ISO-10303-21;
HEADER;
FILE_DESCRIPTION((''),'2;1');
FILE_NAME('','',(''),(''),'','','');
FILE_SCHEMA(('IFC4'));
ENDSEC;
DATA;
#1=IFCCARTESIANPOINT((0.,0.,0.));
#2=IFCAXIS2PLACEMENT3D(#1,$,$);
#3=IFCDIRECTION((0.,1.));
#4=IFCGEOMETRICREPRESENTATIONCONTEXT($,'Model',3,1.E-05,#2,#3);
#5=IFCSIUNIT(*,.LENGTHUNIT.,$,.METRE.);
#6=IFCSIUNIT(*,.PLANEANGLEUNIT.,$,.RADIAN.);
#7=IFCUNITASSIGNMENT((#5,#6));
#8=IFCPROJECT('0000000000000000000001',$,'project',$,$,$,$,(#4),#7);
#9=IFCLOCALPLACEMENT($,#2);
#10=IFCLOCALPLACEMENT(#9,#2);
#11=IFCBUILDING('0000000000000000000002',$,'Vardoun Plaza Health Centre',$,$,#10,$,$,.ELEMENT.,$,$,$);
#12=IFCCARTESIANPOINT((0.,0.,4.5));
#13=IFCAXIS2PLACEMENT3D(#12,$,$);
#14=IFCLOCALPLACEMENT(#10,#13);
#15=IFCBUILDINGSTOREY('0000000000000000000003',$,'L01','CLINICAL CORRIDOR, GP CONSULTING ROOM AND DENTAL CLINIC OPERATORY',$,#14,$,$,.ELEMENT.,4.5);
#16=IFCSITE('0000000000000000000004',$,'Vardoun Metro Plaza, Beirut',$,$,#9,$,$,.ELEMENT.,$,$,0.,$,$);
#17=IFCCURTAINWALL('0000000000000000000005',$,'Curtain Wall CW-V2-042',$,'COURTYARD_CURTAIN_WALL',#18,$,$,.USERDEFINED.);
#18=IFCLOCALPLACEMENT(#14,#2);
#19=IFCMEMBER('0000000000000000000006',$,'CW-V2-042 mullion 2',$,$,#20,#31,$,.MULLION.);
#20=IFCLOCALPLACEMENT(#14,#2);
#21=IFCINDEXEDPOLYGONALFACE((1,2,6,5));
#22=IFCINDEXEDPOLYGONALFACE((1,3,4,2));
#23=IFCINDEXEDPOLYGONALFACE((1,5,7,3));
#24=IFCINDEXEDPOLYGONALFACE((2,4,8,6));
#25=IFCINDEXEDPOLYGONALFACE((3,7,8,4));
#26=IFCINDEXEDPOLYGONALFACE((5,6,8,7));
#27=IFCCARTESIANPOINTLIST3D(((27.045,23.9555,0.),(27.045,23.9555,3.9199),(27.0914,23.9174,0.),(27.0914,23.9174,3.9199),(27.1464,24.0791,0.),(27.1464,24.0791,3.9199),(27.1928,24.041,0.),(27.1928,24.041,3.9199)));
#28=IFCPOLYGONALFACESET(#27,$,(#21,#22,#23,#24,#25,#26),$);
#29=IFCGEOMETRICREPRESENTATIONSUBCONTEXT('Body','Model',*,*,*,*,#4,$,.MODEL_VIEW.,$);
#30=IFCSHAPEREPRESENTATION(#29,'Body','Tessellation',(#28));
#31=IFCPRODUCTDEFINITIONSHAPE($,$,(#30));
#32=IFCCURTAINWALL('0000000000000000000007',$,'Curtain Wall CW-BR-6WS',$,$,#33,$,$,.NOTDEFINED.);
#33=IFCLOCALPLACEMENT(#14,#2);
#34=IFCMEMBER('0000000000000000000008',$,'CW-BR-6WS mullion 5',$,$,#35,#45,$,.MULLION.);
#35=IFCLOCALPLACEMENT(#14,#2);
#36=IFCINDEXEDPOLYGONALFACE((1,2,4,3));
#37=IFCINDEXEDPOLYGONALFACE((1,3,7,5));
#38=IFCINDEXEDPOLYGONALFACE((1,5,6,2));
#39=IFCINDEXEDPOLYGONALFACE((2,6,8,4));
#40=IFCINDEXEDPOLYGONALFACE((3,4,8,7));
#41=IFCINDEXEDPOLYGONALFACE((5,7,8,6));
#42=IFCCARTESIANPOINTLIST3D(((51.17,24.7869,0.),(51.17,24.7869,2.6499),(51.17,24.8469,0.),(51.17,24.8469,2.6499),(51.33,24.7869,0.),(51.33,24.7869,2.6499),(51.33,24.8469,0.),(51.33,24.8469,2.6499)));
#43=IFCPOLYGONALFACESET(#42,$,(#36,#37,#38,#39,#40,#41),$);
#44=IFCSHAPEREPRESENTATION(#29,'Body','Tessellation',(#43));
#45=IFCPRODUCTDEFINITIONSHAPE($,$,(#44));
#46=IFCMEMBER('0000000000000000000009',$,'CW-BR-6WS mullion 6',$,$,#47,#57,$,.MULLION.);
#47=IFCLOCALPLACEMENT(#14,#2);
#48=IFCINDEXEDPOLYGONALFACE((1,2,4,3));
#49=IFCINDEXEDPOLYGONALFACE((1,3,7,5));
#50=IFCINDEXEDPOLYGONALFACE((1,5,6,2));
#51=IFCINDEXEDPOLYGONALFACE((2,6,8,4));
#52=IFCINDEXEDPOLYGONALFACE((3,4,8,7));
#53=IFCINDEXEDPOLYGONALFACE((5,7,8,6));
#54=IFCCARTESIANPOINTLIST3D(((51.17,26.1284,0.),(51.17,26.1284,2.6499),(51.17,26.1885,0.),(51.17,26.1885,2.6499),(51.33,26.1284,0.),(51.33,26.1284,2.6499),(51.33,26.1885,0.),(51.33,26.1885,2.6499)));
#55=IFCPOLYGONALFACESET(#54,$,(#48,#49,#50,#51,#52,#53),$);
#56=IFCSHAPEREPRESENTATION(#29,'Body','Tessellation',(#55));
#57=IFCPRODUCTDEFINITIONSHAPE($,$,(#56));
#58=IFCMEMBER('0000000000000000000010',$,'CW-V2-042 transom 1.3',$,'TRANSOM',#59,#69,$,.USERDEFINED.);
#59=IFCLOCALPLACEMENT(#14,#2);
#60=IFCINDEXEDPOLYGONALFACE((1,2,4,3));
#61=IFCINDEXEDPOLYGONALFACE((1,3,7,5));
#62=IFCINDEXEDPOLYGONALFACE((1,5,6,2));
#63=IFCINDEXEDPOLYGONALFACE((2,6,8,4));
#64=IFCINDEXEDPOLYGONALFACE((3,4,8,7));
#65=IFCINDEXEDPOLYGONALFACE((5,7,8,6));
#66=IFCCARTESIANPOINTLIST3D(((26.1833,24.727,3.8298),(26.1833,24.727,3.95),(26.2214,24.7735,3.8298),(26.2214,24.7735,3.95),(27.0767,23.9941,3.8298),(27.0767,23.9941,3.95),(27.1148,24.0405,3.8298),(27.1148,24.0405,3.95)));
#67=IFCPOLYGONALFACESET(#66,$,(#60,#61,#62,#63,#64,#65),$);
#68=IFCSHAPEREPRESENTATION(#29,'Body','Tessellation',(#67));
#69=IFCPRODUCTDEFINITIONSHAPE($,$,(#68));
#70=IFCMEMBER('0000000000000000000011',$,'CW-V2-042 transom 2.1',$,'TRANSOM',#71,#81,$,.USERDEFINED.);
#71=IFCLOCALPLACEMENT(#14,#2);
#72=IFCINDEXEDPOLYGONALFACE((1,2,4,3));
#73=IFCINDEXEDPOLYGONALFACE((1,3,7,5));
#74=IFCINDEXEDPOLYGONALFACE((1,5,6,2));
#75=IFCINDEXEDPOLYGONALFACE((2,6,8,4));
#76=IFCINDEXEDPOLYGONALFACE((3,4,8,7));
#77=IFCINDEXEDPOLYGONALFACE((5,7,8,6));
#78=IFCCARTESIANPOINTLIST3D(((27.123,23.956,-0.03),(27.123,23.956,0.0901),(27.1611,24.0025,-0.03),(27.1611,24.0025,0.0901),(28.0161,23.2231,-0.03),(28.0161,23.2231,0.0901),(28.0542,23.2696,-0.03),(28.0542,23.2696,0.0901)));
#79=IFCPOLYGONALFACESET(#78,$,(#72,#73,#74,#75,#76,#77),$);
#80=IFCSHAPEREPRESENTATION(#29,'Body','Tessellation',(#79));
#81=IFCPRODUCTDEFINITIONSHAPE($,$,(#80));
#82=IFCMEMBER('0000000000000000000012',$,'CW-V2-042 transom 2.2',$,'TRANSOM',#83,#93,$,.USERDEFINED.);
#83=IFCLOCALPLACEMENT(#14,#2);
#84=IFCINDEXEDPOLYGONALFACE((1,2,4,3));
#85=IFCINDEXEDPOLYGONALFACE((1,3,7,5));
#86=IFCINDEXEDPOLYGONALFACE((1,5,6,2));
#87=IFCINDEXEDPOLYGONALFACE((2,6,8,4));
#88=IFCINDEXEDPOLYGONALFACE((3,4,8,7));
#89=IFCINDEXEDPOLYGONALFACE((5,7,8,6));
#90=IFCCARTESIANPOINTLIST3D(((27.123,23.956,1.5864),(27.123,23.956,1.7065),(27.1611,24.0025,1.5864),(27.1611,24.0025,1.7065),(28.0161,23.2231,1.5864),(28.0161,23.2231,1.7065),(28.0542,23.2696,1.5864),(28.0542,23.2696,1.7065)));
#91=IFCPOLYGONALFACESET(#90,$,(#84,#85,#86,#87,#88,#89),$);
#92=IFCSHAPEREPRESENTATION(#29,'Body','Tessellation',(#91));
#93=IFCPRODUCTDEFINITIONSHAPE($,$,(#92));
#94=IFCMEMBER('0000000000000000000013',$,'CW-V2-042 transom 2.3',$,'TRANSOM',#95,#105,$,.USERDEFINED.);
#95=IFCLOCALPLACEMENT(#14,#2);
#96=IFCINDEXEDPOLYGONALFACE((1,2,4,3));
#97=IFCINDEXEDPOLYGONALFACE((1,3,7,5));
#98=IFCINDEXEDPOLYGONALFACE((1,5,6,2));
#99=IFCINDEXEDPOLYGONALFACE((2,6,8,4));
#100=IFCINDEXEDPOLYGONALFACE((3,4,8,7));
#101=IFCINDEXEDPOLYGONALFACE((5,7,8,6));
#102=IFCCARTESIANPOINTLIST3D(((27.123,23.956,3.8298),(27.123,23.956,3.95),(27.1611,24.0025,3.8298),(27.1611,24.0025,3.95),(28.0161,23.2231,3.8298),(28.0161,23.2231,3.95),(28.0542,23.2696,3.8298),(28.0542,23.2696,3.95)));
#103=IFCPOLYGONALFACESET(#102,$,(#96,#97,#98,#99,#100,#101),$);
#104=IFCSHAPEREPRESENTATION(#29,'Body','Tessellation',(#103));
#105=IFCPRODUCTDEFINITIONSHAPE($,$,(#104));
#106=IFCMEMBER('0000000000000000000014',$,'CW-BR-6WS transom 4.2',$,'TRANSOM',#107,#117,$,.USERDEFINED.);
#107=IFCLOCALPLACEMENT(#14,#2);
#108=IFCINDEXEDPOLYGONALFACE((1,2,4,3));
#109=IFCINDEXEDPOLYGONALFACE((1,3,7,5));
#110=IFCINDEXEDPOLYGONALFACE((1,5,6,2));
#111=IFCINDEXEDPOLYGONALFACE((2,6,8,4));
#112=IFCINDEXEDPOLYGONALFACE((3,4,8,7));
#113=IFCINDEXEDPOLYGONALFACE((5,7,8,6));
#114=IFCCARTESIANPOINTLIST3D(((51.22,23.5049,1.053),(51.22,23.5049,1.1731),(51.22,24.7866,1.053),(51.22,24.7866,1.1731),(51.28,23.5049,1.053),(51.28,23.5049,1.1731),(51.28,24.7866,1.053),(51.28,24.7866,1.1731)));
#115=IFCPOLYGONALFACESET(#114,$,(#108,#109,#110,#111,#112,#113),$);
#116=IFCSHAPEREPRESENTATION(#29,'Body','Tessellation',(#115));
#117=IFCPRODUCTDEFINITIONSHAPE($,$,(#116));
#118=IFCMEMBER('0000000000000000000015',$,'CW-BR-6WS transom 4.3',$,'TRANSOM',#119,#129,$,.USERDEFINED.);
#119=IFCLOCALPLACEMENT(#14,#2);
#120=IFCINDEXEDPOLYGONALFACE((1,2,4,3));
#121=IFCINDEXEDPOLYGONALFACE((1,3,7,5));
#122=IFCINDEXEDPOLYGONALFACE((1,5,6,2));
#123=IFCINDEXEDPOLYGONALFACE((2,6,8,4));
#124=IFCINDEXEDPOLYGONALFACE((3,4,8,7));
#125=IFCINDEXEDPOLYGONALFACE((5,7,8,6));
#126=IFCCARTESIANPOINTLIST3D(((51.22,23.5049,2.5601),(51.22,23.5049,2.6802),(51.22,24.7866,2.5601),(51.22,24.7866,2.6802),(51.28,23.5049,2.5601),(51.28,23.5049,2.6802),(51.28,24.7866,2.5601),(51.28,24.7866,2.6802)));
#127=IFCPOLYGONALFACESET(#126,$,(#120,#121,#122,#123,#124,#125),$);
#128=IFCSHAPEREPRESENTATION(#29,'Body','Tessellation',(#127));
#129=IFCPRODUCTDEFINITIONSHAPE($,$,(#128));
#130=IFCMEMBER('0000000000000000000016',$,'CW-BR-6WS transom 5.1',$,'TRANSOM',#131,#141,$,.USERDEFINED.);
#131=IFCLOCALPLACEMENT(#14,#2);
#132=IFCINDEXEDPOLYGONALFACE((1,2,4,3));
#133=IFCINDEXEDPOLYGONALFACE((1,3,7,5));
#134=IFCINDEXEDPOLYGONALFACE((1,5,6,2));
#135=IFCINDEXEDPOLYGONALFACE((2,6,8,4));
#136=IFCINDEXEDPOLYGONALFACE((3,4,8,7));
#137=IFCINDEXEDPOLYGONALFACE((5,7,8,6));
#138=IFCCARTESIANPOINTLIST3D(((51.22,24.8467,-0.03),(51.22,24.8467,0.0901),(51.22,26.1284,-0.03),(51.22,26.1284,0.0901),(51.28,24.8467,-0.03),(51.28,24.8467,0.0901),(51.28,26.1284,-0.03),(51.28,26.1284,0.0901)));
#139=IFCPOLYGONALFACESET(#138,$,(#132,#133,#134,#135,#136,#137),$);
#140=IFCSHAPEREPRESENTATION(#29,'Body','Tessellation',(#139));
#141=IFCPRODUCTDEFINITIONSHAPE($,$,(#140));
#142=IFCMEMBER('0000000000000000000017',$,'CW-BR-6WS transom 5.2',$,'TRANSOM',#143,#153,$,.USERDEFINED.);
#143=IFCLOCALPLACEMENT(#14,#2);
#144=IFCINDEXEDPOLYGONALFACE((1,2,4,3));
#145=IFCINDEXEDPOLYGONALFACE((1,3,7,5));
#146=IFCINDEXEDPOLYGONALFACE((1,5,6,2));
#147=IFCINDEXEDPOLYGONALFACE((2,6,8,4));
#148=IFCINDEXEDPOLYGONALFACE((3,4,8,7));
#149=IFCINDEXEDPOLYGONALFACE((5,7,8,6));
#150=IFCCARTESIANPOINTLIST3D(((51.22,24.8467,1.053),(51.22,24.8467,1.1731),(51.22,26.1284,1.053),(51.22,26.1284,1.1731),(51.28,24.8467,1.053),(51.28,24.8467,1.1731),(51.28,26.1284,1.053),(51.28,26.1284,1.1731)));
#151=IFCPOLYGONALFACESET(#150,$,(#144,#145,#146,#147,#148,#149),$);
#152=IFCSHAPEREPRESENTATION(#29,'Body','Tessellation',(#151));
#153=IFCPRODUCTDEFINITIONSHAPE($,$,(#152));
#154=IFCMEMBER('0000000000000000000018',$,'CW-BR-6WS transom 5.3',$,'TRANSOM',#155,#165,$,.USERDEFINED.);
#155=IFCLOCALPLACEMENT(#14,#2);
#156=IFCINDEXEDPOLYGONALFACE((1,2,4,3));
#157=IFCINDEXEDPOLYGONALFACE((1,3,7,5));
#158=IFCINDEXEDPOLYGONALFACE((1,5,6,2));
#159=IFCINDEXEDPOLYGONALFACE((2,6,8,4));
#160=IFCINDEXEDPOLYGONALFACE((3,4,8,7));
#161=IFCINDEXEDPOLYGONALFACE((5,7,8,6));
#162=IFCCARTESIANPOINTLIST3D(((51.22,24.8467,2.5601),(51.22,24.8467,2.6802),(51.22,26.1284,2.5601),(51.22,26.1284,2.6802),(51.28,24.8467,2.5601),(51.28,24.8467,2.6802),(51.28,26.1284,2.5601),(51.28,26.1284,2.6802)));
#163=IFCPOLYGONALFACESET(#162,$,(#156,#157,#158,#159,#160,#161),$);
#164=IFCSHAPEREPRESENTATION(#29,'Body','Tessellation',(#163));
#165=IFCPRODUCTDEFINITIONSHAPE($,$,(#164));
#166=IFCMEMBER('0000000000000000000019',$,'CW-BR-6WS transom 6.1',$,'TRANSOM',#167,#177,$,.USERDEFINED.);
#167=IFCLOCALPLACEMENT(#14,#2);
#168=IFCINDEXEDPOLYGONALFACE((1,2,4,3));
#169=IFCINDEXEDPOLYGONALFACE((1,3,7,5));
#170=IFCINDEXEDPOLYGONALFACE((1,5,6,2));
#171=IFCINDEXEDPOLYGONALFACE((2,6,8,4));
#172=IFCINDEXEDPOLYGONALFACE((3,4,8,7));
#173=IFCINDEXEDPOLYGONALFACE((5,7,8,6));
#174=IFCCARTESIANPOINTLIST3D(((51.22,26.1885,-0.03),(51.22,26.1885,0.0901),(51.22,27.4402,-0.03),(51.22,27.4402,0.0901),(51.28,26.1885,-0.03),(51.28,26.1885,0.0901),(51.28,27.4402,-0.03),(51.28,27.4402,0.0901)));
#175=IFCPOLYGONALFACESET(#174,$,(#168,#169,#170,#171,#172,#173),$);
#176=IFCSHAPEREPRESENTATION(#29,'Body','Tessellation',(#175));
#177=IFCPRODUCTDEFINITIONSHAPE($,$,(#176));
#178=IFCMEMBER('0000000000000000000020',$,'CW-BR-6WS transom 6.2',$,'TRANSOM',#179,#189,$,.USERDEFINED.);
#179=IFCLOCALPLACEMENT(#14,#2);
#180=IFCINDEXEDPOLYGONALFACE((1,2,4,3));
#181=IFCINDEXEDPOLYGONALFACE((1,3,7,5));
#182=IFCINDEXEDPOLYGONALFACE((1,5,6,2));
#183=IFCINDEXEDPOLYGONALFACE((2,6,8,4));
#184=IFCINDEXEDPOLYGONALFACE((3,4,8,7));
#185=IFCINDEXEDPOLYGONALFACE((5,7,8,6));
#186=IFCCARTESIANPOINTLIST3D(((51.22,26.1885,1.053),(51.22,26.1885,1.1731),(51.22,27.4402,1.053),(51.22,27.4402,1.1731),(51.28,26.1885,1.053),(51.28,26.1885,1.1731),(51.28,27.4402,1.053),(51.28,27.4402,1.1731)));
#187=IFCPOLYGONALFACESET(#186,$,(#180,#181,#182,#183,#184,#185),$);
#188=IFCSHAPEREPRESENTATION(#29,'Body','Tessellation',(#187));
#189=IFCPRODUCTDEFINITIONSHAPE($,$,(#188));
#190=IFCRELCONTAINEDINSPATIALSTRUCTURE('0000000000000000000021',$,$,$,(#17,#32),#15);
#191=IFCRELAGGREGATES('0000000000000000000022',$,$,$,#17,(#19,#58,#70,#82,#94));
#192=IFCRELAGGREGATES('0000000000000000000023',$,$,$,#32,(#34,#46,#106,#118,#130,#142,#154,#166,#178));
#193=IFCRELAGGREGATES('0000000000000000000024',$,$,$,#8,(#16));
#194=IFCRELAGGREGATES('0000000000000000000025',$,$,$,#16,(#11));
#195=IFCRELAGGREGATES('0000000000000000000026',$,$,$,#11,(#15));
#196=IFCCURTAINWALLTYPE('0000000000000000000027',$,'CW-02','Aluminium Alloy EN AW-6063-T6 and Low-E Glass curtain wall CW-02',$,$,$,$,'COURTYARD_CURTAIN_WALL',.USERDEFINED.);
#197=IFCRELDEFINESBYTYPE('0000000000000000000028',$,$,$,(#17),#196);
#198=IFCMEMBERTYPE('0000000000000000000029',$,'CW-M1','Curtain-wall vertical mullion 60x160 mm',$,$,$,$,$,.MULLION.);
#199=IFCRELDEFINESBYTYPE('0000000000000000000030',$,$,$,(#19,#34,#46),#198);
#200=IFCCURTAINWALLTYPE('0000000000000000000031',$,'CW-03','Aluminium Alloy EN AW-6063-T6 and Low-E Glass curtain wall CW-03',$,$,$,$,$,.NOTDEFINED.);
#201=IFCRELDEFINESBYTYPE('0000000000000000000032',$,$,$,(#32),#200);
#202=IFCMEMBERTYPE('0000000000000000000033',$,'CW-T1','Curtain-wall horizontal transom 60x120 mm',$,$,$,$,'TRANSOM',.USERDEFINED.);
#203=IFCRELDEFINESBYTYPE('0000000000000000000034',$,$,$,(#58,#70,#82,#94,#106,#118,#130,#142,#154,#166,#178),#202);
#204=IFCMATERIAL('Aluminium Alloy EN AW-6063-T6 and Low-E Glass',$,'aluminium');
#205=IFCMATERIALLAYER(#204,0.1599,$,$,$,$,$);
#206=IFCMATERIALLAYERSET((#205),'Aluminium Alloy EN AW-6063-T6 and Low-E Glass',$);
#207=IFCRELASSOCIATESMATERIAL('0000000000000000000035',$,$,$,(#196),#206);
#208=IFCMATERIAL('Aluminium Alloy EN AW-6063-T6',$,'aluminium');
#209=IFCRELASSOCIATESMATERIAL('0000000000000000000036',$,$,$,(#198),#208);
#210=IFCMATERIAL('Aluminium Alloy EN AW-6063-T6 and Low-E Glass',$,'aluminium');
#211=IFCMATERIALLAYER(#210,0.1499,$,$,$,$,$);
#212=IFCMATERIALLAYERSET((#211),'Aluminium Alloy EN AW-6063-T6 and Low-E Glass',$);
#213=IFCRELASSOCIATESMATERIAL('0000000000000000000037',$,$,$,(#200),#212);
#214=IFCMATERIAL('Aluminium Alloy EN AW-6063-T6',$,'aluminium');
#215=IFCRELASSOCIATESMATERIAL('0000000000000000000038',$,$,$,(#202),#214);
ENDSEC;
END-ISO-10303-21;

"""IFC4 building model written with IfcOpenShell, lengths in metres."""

from ifc_helpers import new_model, si_unit, direction, frame, origin, origin_2d, place, context, subcontext, project, spatial, rectangle, extrude, material, layer, layer_set, material_profile, profile_set, type_object, element, aggregate, save


model = new_model("IFC4")

# Units and contexts
model_context = context("Model", 3, precision=1e-05, world=origin(), true_north=direction((0.0, 1.0)))
body_context = subcontext(model_context, "Body", "Model", "MODEL_VIEW")
ifc_project = project(units=[si_unit("LENGTHUNIT", "METRE"), si_unit("PLANEANGLEUNIT", "RADIAN")], contexts=[model_context])

# Site, building, storey
site_placement = place(None, origin())
site = spatial("IfcSite", under=ifc_project, at=site_placement, Name="Vardoun Metro Plaza, Beirut", CompositionType="ELEMENT", RefElevation=0.0)
building_placement = place(site_placement, origin())
building = spatial("IfcBuilding", under=site, at=building_placement, Name="Vardoun Plaza Health Centre", CompositionType="ELEMENT")
storey_placement = place(building_placement, frame((0.0, 0.0, 4.5)))
storey = spatial("IfcBuildingStorey", under=building, at=storey_placement, Name="L01", Description="CLINICAL CORRIDOR, GP CONSULTING ROOM AND DENTAL CLINIC OPERATORY", CompositionType="ELEMENT", Elevation=4.5)

# Curtain wall, member
ifc_material_1 = material(Name="Aluminium Alloy EN AW-6063-T6 and Low-E Glass", Category="aluminium")
ifc_layer_1 = layer(ifc_material_1, 0.1599)
ifc_layer_set_1 = layer_set([ifc_layer_1], Name="Aluminium Alloy EN AW-6063-T6 and Low-E Glass")
curtain_wall_type_1 = type_object("IfcCurtainWallType", Name="CW-02", Description="Aluminium Alloy EN AW-6063-T6 and Low-E Glass curtain wall CW-02", ElementType="COURTYARD_CURTAIN_WALL", PredefinedType="USERDEFINED", material=ifc_layer_set_1)
curtain_wall_1_placement = place(storey_placement, origin())
curtain_wall_1 = element("IfcCurtainWall", 1, at=curtain_wall_1_placement, inside=storey, type_object=curtain_wall_type_1, Name="Curtain Wall CW-V2-042", ObjectType="COURTYARD_CURTAIN_WALL", PredefinedType="USERDEFINED")
ifc_material_2 = material(Name="Aluminium Alloy EN AW-6063-T6", Category="aluminium")
ifc_material_profile_1 = material_profile(ifc_material_2, rectangle(XDim=0.1599, YDim=0.0601, at=origin_2d()), Name="CWM 60x160")
ifc_profile_set_1 = profile_set([ifc_material_profile_1], Name="Aluminium Alloy EN AW-6063-T6")
member_type_1 = type_object("IfcMemberType", Name="CW-M1", Description="Curtain-wall vertical mullion 60x160 mm", PredefinedType="MULLION", material=ifc_profile_set_1)
member_1_placement = place(storey_placement, frame((27.1189, 23.9983, 0.0), z_axis=(0.0, 0.0, 1.0), x_axis=(0.634385, 0.773017, 0.0)))
member_1 = element("IfcMember", 2, at=member_1_placement, type_object=member_type_1, Name="CW-V2-042 mullion 2", PredefinedType="MULLION", context=body_context, shape_type="SweptSolid", body=[
    extrude(rectangle(XDim=0.1599, YDim=0.0601, at=origin_2d()), origin(), (0.0, 0.0, 1.0), 3.9199),
])

# Curtain wall, members
ifc_material_3 = material(Name="Aluminium Alloy EN AW-6063-T6 and Low-E Glass", Category="aluminium")
ifc_layer_2 = layer(ifc_material_3, 0.1499)
ifc_layer_set_2 = layer_set([ifc_layer_2], Name="Aluminium Alloy EN AW-6063-T6 and Low-E Glass")
curtain_wall_type_2 = type_object("IfcCurtainWallType", Name="CW-03", Description="Aluminium Alloy EN AW-6063-T6 and Low-E Glass curtain wall CW-03", PredefinedType="NOTDEFINED", material=ifc_layer_set_2)
curtain_wall_2_placement = place(storey_placement, origin())
curtain_wall_2 = element("IfcCurtainWall", 3, at=curtain_wall_2_placement, inside=storey, type_object=curtain_wall_type_2, Name="Curtain Wall CW-BR-6WS", PredefinedType="NOTDEFINED")
member_2_placement = place(storey_placement, frame((51.25, 24.8169, 0.0), z_axis=(0.0, 0.0, 1.0), x_axis=(-1.0, 0.0, 0.0)))
member_2 = element("IfcMember", 4, at=member_2_placement, type_object=member_type_1, Name="CW-BR-6WS mullion 5", PredefinedType="MULLION", context=body_context, shape_type="SweptSolid", body=[
    extrude(rectangle(XDim=0.1599, YDim=0.0601, at=origin_2d()), origin(), (0.0, 0.0, 1.0), 2.6499),
])
member_3_placement = place(storey_placement, frame((51.25, 26.1584, 0.0), z_axis=(0.0, 0.0, 1.0), x_axis=(-1.0, 0.0, 0.0)))
member_3 = element("IfcMember", 5, at=member_3_placement, type_object=member_type_1, Name="CW-BR-6WS mullion 6", PredefinedType="MULLION", context=body_context, shape_type="SweptSolid", body=[
    extrude(rectangle(XDim=0.1599, YDim=0.0601, at=origin_2d()), origin(), (0.0, 0.0, 1.0), 2.6499),
])

# Members
ifc_material_4 = material(Name="Aluminium Alloy EN AW-6063-T6", Category="aluminium")
ifc_material_profile_2 = material_profile(ifc_material_4, rectangle(XDim=0.0601, YDim=0.1201, at=origin_2d()), Name="CWT 60x120")
ifc_profile_set_2 = profile_set([ifc_material_profile_2], Name="Aluminium Alloy EN AW-6063-T6")
member_type_2 = type_object("IfcMemberType", Name="CW-T1", Description="Curtain-wall horizontal transom 60x120 mm", ElementType="TRANSOM", PredefinedType="USERDEFINED", material=ifc_profile_set_2)
member_4_placement = place(storey_placement, frame((26.2024, 24.7502, 3.8899), z_axis=(0.7731, -0.634284, 0.0), x_axis=(0.634284, 0.7731, 0.0)))
member_4 = element("IfcMember", 6, at=member_4_placement, type_object=member_type_2, Name="CW-V2-042 transom 1.3", ObjectType="TRANSOM", PredefinedType="USERDEFINED", context=body_context, shape_type="SweptSolid", body=[
    extrude(rectangle(XDim=0.0601, YDim=0.1201, at=origin_2d()), origin(), (0.0, 0.0, 1.0), 1.1555),
])
member_5_placement = place(storey_placement, frame((27.1421, 23.9792, 0.03), z_axis=(0.773015, -0.634388, 0.0), x_axis=(0.634388, 0.773015, 0.0)))
member_5 = element("IfcMember", 7, at=member_5_placement, type_object=member_type_2, Name="CW-V2-042 transom 2.1", ObjectType="TRANSOM", PredefinedType="USERDEFINED", context=body_context, shape_type="SweptSolid", body=[
    extrude(rectangle(XDim=0.0601, YDim=0.1201, at=origin_2d()), origin(), (0.0, 0.0, 1.0), 1.1553),
])
member_6_placement = place(storey_placement, frame((27.1421, 23.9792, 1.6465), z_axis=(0.773015, -0.634388, 0.0), x_axis=(0.634388, 0.773015, 0.0)))
member_6 = element("IfcMember", 8, at=member_6_placement, type_object=member_type_2, Name="CW-V2-042 transom 2.2", ObjectType="TRANSOM", PredefinedType="USERDEFINED", context=body_context, shape_type="SweptSolid", body=[
    extrude(rectangle(XDim=0.0601, YDim=0.1201, at=origin_2d()), origin(), (0.0, 0.0, 1.0), 1.1553),
])
member_7_placement = place(storey_placement, frame((27.1421, 23.9792, 3.8899), z_axis=(0.773015, -0.634388, 0.0), x_axis=(0.634388, 0.773015, 0.0)))
member_7 = element("IfcMember", 9, at=member_7_placement, type_object=member_type_2, Name="CW-V2-042 transom 2.3", ObjectType="TRANSOM", PredefinedType="USERDEFINED", context=body_context, shape_type="SweptSolid", body=[
    extrude(rectangle(XDim=0.0601, YDim=0.1201, at=origin_2d()), origin(), (0.0, 0.0, 1.0), 1.1553),
])
member_8_placement = place(storey_placement, frame((51.25, 23.5049, 1.113), z_axis=(0.0, 1.0, 0.0), x_axis=(-1.0, 0.0, 0.0)))
member_8 = element("IfcMember", 10, at=member_8_placement, type_object=member_type_2, Name="CW-BR-6WS transom 4.2", ObjectType="TRANSOM", PredefinedType="USERDEFINED", context=body_context, shape_type="SweptSolid", body=[
    extrude(rectangle(XDim=0.0601, YDim=0.1201, at=origin_2d()), origin(), (0.0, 0.0, 1.0), 1.2817),
])
member_9_placement = place(storey_placement, frame((51.25, 23.5049, 2.6201), z_axis=(0.0, 1.0, 0.0), x_axis=(-1.0, 0.0, 0.0)))
member_9 = element("IfcMember", 11, at=member_9_placement, type_object=member_type_2, Name="CW-BR-6WS transom 4.3", ObjectType="TRANSOM", PredefinedType="USERDEFINED", context=body_context, shape_type="SweptSolid", body=[
    extrude(rectangle(XDim=0.0601, YDim=0.1201, at=origin_2d()), origin(), (0.0, 0.0, 1.0), 1.2817),
])
member_10_placement = place(storey_placement, frame((51.25, 24.8467, 0.03), z_axis=(0.0, 1.0, 0.0), x_axis=(-1.0, 0.0, 0.0)))
member_10 = element("IfcMember", 12, at=member_10_placement, type_object=member_type_2, Name="CW-BR-6WS transom 5.1", ObjectType="TRANSOM", PredefinedType="USERDEFINED", context=body_context, shape_type="SweptSolid", body=[
    extrude(rectangle(XDim=0.0601, YDim=0.1201, at=origin_2d()), origin(), (0.0, 0.0, 1.0), 1.2817),
])
member_11_placement = place(storey_placement, frame((51.25, 24.8467, 1.113), z_axis=(0.0, 1.0, 0.0), x_axis=(-1.0, 0.0, 0.0)))
member_11 = element("IfcMember", 13, at=member_11_placement, type_object=member_type_2, Name="CW-BR-6WS transom 5.2", ObjectType="TRANSOM", PredefinedType="USERDEFINED", context=body_context, shape_type="SweptSolid", body=[
    extrude(rectangle(XDim=0.0601, YDim=0.1201, at=origin_2d()), origin(), (0.0, 0.0, 1.0), 1.2817),
])
member_12_placement = place(storey_placement, frame((51.25, 24.8467, 2.6201), z_axis=(0.0, 1.0, 0.0), x_axis=(-1.0, 0.0, 0.0)))
member_12 = element("IfcMember", 14, at=member_12_placement, type_object=member_type_2, Name="CW-BR-6WS transom 5.3", ObjectType="TRANSOM", PredefinedType="USERDEFINED", context=body_context, shape_type="SweptSolid", body=[
    extrude(rectangle(XDim=0.0601, YDim=0.1201, at=origin_2d()), origin(), (0.0, 0.0, 1.0), 1.2817),
])
member_13_placement = place(storey_placement, frame((51.25, 26.1885, 0.03), z_axis=(0.0, 1.0, 0.0), x_axis=(-1.0, 0.0, 0.0)))
member_13 = element("IfcMember", 15, at=member_13_placement, type_object=member_type_2, Name="CW-BR-6WS transom 6.1", ObjectType="TRANSOM", PredefinedType="USERDEFINED", context=body_context, shape_type="SweptSolid", body=[
    extrude(rectangle(XDim=0.0601, YDim=0.1201, at=origin_2d()), origin(), (0.0, 0.0, 1.0), 1.2517),
])
member_14_placement = place(storey_placement, frame((51.25, 26.1885, 1.113), z_axis=(0.0, 1.0, 0.0), x_axis=(-1.0, 0.0, 0.0)))
member_14 = element("IfcMember", 16, at=member_14_placement, type_object=member_type_2, Name="CW-BR-6WS transom 6.2", ObjectType="TRANSOM", PredefinedType="USERDEFINED", context=body_context, shape_type="SweptSolid", body=[
    extrude(rectangle(XDim=0.0601, YDim=0.1201, at=origin_2d()), origin(), (0.0, 0.0, 1.0), 1.2517),
])

aggregate(curtain_wall_1, [member_1, member_4, member_5, member_6, member_7])
aggregate(curtain_wall_2, [member_2, member_3, member_8, member_9, member_10, member_11, member_12, member_13, member_14])

save(model, "model.ifc")
